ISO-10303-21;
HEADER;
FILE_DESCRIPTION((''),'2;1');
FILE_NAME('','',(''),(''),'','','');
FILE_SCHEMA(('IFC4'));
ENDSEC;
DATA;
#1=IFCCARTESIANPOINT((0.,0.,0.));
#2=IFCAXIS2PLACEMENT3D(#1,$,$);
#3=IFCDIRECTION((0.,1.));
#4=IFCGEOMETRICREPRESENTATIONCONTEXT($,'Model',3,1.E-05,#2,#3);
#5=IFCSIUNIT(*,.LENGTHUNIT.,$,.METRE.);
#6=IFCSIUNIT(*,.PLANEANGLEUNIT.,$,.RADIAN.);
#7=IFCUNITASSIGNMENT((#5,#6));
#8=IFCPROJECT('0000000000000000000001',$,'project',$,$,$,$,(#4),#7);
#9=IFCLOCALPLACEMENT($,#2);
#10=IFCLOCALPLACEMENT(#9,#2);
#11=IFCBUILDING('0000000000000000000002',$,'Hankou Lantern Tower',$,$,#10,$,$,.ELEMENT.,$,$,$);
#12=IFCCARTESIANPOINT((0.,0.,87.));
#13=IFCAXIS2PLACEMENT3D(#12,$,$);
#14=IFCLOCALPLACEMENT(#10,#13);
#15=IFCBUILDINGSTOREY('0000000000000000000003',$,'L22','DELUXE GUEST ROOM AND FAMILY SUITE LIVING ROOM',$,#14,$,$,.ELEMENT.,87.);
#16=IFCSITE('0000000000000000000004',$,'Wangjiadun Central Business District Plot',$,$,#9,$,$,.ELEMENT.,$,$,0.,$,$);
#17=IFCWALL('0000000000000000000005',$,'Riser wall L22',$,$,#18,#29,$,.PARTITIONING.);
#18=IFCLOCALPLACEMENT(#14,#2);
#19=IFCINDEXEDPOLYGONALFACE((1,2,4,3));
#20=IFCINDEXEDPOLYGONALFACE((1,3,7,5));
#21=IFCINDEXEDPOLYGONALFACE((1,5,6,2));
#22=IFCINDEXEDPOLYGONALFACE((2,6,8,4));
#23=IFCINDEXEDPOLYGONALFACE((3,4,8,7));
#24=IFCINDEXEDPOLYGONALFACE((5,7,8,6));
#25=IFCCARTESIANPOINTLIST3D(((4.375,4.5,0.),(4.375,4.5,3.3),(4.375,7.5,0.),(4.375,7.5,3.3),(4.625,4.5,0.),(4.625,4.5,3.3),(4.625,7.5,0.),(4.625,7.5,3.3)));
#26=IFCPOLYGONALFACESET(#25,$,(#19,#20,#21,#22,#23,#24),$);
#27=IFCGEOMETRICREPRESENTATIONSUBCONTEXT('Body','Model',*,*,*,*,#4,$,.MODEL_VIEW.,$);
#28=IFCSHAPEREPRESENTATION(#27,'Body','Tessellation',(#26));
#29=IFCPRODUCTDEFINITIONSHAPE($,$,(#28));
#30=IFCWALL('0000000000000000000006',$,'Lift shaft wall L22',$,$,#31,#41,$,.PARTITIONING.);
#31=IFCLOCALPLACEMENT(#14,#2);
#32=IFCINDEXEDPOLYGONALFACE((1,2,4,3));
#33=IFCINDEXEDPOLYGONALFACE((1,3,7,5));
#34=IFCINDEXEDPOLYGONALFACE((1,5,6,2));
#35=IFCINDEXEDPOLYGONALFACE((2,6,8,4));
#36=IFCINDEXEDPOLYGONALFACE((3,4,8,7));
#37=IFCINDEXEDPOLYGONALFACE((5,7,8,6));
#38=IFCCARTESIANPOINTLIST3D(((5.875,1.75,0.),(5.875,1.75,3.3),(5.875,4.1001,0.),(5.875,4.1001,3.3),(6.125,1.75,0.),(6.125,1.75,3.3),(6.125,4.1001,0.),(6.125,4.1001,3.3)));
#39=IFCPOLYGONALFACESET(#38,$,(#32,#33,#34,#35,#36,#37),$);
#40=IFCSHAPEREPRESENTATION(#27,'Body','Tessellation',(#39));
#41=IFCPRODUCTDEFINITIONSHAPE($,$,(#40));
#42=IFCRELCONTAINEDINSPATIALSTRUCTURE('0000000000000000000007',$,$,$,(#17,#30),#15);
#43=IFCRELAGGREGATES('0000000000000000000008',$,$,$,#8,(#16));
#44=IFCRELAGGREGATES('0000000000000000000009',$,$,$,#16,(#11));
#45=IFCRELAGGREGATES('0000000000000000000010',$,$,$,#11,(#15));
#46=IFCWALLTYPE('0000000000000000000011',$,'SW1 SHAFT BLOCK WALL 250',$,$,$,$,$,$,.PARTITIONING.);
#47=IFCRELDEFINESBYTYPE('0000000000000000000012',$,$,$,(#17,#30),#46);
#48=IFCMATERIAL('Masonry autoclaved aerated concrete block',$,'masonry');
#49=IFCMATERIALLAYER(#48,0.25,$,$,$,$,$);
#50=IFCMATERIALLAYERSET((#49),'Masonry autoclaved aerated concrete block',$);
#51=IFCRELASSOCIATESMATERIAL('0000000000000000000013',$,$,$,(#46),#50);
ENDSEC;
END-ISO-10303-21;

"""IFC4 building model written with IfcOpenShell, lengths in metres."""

from ifc_helpers import new_model, si_unit, direction, frame, frame_2d, origin, place, context, subcontext, project, spatial, rectangle, extrude, material, layer, layer_set, type_object, element, save


model = new_model("IFC4")

# Units and contexts
model_context = context("Model", 3, precision=1e-05, world=origin(), true_north=direction((0.0, 1.0)))
body_context = subcontext(model_context, "Body", "Model", "MODEL_VIEW")
ifc_project = project(units=[si_unit("LENGTHUNIT", "METRE"), si_unit("PLANEANGLEUNIT", "RADIAN")], contexts=[model_context])

# Site, building, storey
site_placement = place(None, origin())
site = spatial("IfcSite", under=ifc_project, at=site_placement, Name="Wangjiadun Central Business District Plot", CompositionType="ELEMENT", RefElevation=0.0)
building_placement = place(site_placement, origin())
building = spatial("IfcBuilding", under=site, at=building_placement, Name="Hankou Lantern Tower", CompositionType="ELEMENT")
storey_placement = place(building_placement, frame((0.0, 0.0, 87.0)))
storey = spatial("IfcBuildingStorey", under=building, at=storey_placement, Name="L22", Description="DELUXE GUEST ROOM AND FAMILY SUITE LIVING ROOM", CompositionType="ELEMENT", Elevation=87.0)

# Walls
ifc_material_1 = material(Name="Masonry autoclaved aerated concrete block", Category="masonry")
ifc_layer_1 = layer(ifc_material_1, 0.25)
ifc_layer_set_1 = layer_set([ifc_layer_1], Name="Masonry autoclaved aerated concrete block")
wall_type_1 = type_object("IfcWallType", Name="SW1 SHAFT BLOCK WALL 250", PredefinedType="PARTITIONING", material=ifc_layer_set_1)
wall_1_placement = place(storey_placement, frame((4.5, 4.5, 0.0), z_axis=(0.0, 0.0, 1.0), x_axis=(0.0, 1.0, 0.0)))
element("IfcWall", 1, at=wall_1_placement, inside=storey, type_object=wall_type_1, Name="Riser wall L22", PredefinedType="PARTITIONING", context=body_context, shape_type="SweptSolid", body=[
    extrude(rectangle(XDim=3.0, YDim=0.25, at=frame_2d((1.5, 0.0))), origin(), (0.0, 0.0, 1.0), 3.3),
])
wall_2_placement = place(storey_placement, frame((6.0, 1.75, 0.0), z_axis=(0.0, 0.0, 1.0), x_axis=(0.0, 1.0, 0.0)))
element("IfcWall", 2, at=wall_2_placement, inside=storey, type_object=wall_type_1, Name="Lift shaft wall L22", PredefinedType="PARTITIONING", context=body_context, shape_type="SweptSolid", body=[
    extrude(rectangle(XDim=2.3501, YDim=0.25, at=frame_2d((1.175, 0.0))), origin(), (0.0, 0.0, 1.0), 3.3),
])

save(model, "model.ifc")
